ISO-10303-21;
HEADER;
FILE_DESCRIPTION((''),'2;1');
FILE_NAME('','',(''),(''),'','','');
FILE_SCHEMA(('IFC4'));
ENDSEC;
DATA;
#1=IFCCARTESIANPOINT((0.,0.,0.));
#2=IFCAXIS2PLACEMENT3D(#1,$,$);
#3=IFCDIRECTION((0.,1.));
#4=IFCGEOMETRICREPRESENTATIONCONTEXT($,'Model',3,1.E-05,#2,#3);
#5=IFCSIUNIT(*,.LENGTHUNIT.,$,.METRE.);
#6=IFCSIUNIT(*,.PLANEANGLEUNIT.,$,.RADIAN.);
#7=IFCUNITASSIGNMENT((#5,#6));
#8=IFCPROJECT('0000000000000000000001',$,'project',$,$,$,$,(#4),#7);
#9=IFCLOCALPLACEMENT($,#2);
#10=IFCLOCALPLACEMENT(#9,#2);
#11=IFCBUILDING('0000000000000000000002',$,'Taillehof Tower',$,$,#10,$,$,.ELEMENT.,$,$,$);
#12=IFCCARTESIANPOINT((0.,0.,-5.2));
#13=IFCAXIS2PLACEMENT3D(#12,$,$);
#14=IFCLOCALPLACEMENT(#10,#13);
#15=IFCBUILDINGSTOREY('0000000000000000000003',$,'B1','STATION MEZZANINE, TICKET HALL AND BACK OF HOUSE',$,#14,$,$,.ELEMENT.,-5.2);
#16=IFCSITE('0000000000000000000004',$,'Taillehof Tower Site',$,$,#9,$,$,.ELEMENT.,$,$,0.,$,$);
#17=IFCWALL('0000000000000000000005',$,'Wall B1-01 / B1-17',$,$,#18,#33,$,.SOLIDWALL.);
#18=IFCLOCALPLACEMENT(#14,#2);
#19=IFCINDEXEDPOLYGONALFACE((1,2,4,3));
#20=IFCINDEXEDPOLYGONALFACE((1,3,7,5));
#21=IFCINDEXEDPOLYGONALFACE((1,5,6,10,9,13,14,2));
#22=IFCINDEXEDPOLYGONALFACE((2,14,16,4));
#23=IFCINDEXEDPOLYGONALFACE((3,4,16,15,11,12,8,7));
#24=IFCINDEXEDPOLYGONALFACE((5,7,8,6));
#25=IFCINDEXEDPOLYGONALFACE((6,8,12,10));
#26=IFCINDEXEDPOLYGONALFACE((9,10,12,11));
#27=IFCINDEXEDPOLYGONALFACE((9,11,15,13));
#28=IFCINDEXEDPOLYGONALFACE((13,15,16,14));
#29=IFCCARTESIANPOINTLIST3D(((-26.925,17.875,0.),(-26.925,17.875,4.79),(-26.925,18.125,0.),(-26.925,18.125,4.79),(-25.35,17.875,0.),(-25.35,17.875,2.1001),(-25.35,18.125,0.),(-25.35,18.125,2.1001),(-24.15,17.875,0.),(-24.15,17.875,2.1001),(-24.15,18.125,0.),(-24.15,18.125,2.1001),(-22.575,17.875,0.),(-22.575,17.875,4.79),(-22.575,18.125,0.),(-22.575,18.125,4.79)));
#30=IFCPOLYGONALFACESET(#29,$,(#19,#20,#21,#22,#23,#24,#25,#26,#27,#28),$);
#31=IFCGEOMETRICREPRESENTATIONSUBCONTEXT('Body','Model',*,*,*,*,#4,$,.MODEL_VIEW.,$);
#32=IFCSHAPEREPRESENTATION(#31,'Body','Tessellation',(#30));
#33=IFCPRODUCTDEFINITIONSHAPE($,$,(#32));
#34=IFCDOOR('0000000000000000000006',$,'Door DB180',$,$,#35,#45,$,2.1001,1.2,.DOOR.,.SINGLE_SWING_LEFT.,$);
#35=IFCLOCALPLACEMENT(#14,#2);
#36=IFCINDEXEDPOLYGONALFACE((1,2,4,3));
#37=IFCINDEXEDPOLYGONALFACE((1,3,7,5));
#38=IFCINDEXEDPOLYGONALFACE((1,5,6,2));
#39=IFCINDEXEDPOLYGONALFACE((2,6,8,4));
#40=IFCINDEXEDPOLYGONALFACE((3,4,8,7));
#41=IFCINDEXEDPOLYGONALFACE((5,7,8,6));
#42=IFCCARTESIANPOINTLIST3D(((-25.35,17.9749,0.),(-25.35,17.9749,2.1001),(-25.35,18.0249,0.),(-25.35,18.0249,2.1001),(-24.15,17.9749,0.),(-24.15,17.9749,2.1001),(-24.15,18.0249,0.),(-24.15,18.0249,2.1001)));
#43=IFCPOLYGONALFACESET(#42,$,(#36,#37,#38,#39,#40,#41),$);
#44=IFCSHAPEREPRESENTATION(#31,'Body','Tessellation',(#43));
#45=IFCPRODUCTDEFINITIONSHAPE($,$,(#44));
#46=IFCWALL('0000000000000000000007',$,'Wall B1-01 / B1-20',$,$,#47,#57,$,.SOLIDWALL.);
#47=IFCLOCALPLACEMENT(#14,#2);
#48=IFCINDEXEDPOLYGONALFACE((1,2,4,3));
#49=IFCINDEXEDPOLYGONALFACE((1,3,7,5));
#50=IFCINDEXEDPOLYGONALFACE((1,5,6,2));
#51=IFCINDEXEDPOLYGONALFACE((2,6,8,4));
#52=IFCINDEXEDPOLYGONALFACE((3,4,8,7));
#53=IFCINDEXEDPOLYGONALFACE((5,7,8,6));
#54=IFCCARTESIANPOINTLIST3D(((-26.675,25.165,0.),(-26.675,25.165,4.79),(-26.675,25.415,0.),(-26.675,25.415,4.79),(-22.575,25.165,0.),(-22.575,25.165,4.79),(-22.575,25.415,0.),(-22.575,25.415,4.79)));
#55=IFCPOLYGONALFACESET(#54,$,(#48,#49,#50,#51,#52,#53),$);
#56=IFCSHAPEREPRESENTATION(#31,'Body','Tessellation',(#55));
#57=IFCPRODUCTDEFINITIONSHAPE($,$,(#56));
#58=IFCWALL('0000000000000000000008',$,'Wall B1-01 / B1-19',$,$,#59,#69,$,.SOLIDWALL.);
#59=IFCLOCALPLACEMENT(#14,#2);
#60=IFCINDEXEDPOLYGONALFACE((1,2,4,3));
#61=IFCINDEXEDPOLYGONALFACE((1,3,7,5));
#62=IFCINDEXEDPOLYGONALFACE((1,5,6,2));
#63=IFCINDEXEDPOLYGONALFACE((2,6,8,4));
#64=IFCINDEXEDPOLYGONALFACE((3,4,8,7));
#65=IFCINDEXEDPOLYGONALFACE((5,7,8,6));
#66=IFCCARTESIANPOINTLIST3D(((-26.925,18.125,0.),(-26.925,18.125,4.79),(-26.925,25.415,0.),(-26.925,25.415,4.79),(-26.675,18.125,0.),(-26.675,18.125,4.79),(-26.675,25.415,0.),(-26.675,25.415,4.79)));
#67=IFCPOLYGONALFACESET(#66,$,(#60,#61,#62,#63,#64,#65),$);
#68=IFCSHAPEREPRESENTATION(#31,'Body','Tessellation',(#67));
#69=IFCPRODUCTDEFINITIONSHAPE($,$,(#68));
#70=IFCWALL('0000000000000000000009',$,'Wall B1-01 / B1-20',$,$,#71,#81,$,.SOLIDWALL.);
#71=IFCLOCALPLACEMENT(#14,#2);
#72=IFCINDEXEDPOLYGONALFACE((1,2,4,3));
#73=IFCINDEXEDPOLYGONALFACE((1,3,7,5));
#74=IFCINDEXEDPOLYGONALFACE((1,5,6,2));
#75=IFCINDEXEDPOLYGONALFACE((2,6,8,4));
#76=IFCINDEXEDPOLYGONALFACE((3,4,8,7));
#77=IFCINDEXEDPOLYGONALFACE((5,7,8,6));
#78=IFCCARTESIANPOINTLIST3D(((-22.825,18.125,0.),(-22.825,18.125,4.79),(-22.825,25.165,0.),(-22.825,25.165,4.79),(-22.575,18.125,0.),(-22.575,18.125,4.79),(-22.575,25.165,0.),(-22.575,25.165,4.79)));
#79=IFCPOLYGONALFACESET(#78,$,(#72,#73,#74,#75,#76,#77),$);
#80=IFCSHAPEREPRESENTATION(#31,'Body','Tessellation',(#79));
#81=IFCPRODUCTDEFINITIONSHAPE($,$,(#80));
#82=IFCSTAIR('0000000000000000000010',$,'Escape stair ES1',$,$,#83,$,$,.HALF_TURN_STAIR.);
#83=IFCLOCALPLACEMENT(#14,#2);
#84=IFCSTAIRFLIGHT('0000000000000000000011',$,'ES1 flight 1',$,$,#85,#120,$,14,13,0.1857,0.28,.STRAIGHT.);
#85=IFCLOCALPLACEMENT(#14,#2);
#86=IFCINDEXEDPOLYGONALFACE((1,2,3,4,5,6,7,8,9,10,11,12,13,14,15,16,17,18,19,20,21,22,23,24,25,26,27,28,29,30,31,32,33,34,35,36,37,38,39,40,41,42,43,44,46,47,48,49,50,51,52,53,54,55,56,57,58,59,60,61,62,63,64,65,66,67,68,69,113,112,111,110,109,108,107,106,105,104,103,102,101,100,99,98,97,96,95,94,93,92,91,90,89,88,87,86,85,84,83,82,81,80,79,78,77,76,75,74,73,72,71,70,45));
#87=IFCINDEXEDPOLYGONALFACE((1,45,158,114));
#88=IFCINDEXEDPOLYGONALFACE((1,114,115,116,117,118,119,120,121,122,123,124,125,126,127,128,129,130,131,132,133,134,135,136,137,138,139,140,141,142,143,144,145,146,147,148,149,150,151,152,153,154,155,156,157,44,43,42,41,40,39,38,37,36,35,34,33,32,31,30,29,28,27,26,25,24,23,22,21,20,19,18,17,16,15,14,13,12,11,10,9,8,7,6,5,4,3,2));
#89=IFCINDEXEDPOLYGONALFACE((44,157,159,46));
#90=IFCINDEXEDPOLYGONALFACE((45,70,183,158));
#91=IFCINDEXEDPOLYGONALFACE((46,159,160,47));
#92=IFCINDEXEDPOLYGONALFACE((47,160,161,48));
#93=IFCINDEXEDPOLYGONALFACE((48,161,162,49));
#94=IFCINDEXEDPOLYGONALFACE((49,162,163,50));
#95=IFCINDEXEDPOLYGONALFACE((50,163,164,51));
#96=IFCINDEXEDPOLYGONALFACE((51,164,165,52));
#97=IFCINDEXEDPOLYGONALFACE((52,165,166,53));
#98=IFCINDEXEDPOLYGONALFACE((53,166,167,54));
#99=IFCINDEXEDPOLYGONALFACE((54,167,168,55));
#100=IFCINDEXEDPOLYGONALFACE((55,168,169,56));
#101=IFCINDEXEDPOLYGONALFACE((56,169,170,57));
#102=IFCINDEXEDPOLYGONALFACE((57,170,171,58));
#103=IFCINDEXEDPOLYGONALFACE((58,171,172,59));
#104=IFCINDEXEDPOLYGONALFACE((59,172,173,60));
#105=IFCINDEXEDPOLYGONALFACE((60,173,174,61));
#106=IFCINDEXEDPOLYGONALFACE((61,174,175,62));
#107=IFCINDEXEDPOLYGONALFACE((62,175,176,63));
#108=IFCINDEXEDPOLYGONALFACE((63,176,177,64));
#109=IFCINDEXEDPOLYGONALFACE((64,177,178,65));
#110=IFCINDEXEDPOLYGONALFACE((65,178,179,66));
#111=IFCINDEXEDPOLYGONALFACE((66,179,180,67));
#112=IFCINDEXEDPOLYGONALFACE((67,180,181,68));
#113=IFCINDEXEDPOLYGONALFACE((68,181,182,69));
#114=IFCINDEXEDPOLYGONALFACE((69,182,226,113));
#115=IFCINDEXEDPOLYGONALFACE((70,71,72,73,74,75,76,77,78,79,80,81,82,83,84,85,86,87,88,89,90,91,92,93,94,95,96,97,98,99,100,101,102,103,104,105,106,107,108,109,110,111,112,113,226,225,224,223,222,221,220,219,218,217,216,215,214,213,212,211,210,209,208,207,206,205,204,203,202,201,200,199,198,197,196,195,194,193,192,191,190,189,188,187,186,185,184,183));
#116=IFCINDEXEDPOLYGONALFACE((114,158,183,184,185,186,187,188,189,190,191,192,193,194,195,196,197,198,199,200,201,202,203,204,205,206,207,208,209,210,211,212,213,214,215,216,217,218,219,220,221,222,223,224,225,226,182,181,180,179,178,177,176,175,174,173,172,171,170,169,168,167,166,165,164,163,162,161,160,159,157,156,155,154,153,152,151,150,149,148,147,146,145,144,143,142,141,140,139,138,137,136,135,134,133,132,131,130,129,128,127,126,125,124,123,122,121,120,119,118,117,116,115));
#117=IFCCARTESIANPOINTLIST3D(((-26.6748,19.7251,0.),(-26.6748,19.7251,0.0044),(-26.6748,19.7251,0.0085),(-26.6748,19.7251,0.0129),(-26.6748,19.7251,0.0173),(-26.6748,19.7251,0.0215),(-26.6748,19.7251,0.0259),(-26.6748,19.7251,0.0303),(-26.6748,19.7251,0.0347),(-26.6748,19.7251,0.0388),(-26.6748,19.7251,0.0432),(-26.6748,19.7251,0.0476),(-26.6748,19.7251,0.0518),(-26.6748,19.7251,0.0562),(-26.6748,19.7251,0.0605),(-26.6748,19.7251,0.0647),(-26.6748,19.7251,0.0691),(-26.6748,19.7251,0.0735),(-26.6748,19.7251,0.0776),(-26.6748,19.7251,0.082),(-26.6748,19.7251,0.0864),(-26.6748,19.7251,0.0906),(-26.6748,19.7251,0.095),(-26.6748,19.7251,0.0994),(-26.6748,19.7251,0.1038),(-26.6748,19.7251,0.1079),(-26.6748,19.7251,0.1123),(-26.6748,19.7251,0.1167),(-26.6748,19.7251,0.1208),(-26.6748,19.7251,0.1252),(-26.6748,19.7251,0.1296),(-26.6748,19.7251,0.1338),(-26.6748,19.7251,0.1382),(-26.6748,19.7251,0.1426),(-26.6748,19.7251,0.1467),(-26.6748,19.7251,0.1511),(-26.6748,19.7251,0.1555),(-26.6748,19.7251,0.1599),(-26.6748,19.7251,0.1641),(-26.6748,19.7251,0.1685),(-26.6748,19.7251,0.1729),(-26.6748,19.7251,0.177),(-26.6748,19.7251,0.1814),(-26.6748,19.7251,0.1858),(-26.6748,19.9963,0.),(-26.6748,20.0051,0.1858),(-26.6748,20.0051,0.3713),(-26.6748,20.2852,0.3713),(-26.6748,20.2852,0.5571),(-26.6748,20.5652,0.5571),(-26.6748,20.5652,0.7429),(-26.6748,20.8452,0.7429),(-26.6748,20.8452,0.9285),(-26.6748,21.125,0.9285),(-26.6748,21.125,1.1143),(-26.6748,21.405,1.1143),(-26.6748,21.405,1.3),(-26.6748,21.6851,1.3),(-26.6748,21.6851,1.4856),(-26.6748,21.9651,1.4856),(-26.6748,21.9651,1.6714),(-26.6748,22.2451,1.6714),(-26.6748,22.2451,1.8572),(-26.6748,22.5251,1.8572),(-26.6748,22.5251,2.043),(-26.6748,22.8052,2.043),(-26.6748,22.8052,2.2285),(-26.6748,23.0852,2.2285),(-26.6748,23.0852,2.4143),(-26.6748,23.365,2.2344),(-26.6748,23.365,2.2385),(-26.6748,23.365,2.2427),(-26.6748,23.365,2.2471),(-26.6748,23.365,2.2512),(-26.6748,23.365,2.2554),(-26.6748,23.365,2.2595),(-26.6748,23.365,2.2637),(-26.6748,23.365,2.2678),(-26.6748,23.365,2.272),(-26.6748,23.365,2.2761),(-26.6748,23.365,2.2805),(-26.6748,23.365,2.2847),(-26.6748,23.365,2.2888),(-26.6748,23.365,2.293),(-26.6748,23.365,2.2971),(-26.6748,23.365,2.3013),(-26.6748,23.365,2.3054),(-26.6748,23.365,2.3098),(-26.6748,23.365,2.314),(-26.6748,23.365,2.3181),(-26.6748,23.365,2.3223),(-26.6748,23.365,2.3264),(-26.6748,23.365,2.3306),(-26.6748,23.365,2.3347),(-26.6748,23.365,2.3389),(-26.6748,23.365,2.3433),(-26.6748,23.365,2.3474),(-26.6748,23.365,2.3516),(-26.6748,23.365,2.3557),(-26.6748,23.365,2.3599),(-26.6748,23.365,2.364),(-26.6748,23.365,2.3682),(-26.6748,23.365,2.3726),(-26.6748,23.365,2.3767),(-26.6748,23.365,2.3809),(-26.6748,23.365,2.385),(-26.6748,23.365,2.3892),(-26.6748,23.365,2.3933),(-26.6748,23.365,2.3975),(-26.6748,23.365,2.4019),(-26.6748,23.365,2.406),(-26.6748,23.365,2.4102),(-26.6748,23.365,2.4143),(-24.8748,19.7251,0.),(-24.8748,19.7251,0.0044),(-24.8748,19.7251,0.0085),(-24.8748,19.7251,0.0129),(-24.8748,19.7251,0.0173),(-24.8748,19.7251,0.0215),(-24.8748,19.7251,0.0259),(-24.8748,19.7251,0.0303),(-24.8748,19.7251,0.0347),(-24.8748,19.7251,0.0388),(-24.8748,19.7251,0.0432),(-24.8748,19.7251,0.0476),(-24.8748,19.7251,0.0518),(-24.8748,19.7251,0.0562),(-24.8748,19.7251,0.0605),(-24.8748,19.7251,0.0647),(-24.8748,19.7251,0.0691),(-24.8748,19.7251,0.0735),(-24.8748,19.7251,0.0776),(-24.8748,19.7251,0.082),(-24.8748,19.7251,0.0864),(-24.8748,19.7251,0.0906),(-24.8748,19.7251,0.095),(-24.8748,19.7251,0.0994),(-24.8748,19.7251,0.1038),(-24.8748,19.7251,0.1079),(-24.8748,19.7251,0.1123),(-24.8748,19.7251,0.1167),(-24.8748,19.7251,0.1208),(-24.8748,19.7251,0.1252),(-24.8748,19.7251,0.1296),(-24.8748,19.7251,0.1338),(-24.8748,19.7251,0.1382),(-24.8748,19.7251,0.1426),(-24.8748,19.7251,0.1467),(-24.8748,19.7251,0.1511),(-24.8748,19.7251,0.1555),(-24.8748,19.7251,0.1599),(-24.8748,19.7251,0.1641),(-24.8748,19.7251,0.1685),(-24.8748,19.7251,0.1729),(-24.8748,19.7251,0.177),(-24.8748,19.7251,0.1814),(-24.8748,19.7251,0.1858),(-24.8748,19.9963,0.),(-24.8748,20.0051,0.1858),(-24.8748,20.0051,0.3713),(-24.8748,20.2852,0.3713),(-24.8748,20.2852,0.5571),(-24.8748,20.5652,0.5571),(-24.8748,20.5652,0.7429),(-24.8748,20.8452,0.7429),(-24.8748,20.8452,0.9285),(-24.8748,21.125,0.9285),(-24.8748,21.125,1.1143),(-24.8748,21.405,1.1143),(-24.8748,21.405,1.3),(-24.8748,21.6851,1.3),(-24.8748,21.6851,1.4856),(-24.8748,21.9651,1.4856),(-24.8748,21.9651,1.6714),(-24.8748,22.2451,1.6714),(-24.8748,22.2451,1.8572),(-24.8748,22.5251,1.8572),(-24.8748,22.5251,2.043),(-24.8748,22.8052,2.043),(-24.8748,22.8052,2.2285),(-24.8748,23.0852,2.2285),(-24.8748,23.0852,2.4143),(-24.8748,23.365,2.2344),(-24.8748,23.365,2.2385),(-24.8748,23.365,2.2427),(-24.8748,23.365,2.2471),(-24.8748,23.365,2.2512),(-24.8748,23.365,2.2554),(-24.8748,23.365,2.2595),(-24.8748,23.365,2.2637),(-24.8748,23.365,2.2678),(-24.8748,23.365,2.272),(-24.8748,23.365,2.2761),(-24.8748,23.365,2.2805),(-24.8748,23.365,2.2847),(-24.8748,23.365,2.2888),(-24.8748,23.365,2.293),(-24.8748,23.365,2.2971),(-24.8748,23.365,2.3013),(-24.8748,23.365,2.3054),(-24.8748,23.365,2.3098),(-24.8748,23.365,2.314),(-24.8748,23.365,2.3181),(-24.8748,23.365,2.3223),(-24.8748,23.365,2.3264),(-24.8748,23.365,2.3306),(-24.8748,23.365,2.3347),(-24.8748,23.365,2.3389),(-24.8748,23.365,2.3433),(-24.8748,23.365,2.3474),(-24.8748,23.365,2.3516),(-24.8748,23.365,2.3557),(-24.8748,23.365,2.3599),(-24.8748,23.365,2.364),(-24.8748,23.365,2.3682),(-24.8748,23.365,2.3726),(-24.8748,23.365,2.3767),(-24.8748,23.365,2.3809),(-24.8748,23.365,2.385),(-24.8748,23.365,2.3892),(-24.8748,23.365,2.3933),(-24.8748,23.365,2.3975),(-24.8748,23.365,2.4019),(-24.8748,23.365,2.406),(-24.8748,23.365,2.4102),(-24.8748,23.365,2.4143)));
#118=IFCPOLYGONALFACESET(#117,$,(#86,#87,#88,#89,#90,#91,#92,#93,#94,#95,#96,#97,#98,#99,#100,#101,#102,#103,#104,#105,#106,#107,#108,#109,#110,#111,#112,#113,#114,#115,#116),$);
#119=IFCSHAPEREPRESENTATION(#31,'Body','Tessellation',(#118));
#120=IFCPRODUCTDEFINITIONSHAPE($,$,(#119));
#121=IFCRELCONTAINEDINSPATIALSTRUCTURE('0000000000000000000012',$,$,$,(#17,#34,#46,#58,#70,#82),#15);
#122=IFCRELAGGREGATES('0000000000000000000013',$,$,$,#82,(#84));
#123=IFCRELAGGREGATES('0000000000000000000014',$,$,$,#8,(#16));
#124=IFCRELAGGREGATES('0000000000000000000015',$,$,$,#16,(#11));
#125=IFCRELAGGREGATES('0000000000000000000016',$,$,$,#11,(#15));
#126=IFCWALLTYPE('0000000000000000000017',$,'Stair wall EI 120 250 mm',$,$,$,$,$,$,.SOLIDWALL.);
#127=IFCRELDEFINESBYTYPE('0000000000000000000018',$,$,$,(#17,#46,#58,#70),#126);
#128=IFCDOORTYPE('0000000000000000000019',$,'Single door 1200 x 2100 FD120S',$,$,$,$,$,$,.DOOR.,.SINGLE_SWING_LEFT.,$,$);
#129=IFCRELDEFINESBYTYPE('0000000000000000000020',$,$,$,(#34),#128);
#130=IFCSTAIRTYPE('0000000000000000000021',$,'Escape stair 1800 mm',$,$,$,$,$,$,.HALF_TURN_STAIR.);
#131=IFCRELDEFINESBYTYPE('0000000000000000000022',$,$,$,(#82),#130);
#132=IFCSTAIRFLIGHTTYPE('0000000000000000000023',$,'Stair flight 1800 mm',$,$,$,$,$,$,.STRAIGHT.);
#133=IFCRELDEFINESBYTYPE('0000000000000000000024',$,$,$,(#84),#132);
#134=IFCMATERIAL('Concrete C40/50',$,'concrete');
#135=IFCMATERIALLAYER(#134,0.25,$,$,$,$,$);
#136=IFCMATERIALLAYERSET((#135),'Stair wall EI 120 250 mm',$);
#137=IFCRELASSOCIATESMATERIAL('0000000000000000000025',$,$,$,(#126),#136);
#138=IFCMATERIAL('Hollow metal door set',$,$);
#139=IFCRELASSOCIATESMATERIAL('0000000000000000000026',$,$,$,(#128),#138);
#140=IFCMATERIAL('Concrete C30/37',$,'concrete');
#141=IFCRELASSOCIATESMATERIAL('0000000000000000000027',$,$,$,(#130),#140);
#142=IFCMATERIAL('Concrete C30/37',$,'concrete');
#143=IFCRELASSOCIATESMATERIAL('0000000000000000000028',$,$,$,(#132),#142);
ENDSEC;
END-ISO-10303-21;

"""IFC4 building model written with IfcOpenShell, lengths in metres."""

from ifc_helpers import new_model, si_unit, direction, frame, frame_2d, origin, place, context, subcontext, project, spatial, polyline, rectangle, outline, extrude, material, layer, layer_set, type_object, element, fill, aggregate, save


model = new_model("IFC4")

# Units and contexts
model_context = context("Model", 3, precision=1e-05, world=origin(), true_north=direction((0.0, 1.0)))
body_context = subcontext(model_context, "Body", "Model", "MODEL_VIEW")
ifc_project = project(units=[si_unit("LENGTHUNIT", "METRE"), si_unit("PLANEANGLEUNIT", "RADIAN")], contexts=[model_context])

# Site, building, storey
site_placement = place(None, origin())
site = spatial("IfcSite", under=ifc_project, at=site_placement, Name="Taillehof Tower Site", CompositionType="ELEMENT", RefElevation=0.0)
building_placement = place(site_placement, origin())
building = spatial("IfcBuilding", under=site, at=building_placement, Name="Taillehof Tower", CompositionType="ELEMENT")
storey_placement = place(building_placement, frame((0.0, 0.0, -5.2)))
storey = spatial("IfcBuildingStorey", under=building, at=storey_placement, Name="B1", Description="STATION MEZZANINE, TICKET HALL AND BACK OF HOUSE", CompositionType="ELEMENT", Elevation=-5.2)

# Wall, opening, door
ifc_material_1 = material(Name="Concrete C40/50", Category="concrete")
ifc_layer_1 = layer(ifc_material_1, 0.25)
ifc_layer_set_1 = layer_set([ifc_layer_1], Name="Stair wall EI 120 250 mm")
wall_type_1 = type_object("IfcWallType", Name="Stair wall EI 120 250 mm", PredefinedType="SOLIDWALL", material=ifc_layer_set_1)
wall_1_placement = place(storey_placement, frame((-26.925, 18.0, 0.0), z_axis=(0.0, 0.0, 1.0), x_axis=(1.0, 0.0, 0.0)))
wall_1 = element("IfcWall", 1, at=wall_1_placement, inside=storey, type_object=wall_type_1, Name="Wall B1-01 / B1-17", PredefinedType="SOLIDWALL", context=body_context, shape_type="SweptSolid", body=[
    extrude(rectangle(XDim=4.3501, YDim=0.25, at=frame_2d((2.175, 0.0))), origin(), (0.0, 0.0, 1.0), 4.79),
])
opening_1_placement = place(wall_1_placement, frame((1.575, 0.0, 0.0)))
opening_1 = element("IfcOpeningElement", 2, at=opening_1_placement, cuts=wall_1, PredefinedType="OPENING", context=body_context, shape_type="SweptSolid", body=[
    extrude(rectangle(XDim=1.2, YDim=2.1001, at=frame_2d((0.6001, 1.05))), frame((0.0, 0.135, 0.0), z_axis=(0.0, -1.0, 0.0), x_axis=(1.0, 0.0, 0.0)), (0.0, 0.0, 1.0), 0.27),
])
ifc_material_2 = material(Name="Hollow metal door set")
door_type_1 = type_object("IfcDoorType", Name="Single door 1200 x 2100 FD120S", OperationType="SINGLE_SWING_LEFT", PredefinedType="DOOR", material=ifc_material_2)
door_1_placement = place(opening_1_placement, origin())
door_1 = element("IfcDoor", 3, at=door_1_placement, inside=storey, type_object=door_type_1, Name="Door DB180", OperationType="SINGLE_SWING_LEFT", OverallHeight=2.1001, OverallWidth=1.2, PredefinedType="DOOR", context=body_context, shape_type="SweptSolid", body=[
    extrude(rectangle(XDim=1.2, YDim=2.1001, at=frame_2d((0.6001, 1.05))), frame((0.0, 0.0249, 0.0), z_axis=(0.0, -1.0, 0.0), x_axis=(1.0, 0.0, 0.0)), (0.0, 0.0, 1.0), 0.05),
])
fill(opening_1, door_1)

# Walls
wall_2_placement = place(storey_placement, frame((-26.675, 25.29, 0.0), z_axis=(0.0, 0.0, 1.0), x_axis=(1.0, 0.0, 0.0)))
element("IfcWall", 4, at=wall_2_placement, inside=storey, type_object=wall_type_1, Name="Wall B1-01 / B1-20", PredefinedType="SOLIDWALL", context=body_context, shape_type="SweptSolid", body=[
    extrude(rectangle(XDim=4.1001, YDim=0.25, at=frame_2d((2.05, 0.0))), origin(), (0.0, 0.0, 1.0), 4.79),
])
wall_3_placement = place(storey_placement, frame((-26.8, 18.125, 0.0), z_axis=(0.0, 0.0, 1.0), x_axis=(0.0, 1.0, 0.0)))
element("IfcWall", 5, at=wall_3_placement, inside=storey, type_object=wall_type_1, Name="Wall B1-01 / B1-19", PredefinedType="SOLIDWALL", context=body_context, shape_type="SweptSolid", body=[
    extrude(rectangle(XDim=7.29, YDim=0.25, at=frame_2d((3.645, 0.0))), origin(), (0.0, 0.0, 1.0), 4.79),
])
wall_4_placement = place(storey_placement, frame((-22.7, 18.125, 0.0), z_axis=(0.0, 0.0, 1.0), x_axis=(0.0, 1.0, 0.0)))
element("IfcWall", 6, at=wall_4_placement, inside=storey, type_object=wall_type_1, Name="Wall B1-01 / B1-20", PredefinedType="SOLIDWALL", context=body_context, shape_type="SweptSolid", body=[
    extrude(rectangle(XDim=7.04, YDim=0.25, at=frame_2d((3.52, 0.0))), origin(), (0.0, 0.0, 1.0), 4.79),
])

# Stair, stair flight
ifc_material_3 = material(Name="Concrete C30/37", Category="concrete")
stair_type = type_object("IfcStairType", Name="Escape stair 1800 mm", PredefinedType="HALF_TURN_STAIR", material=ifc_material_3)
stair_placement = place(storey_placement, origin())
stair = element("IfcStair", 7, at=stair_placement, inside=storey, type_object=stair_type, Name="Escape stair ES1", PredefinedType="HALF_TURN_STAIR")
ifc_material_4 = material(Name="Concrete C30/37", Category="concrete")
stair_flight_type = type_object("IfcStairFlightType", Name="Stair flight 1800 mm", PredefinedType="STRAIGHT", material=ifc_material_4)
stair_flight_1_placement = place(storey_placement, frame((-25.7749, 19.7251, 0.0), z_axis=(0.0, 0.0, 1.0), x_axis=(0.0, 1.0, 0.0)))
stair_flight_1 = element("IfcStairFlight", 8, at=stair_flight_1_placement, type_object=stair_flight_type, Name="ES1 flight 1", NumberOfRisers=14, NumberOfTreads=13, PredefinedType="STRAIGHT", RiserHeight=0.1857, TreadLength=0.28, context=body_context, shape_type="SweptSolid", body=[
    extrude(outline(polyline([(0.0, 0.0), (0.0, 0.0044), (0.0, 0.0085), (0.0, 0.0129), (0.0, 0.0173), (0.0, 0.0215), (0.0, 0.0259), (0.0, 0.0303), (0.0, 0.0347), (0.0, 0.0388), (0.0, 0.0432), (0.0, 0.0476), (0.0, 0.0518), (0.0, 0.0562), (0.0, 0.0605), (0.0, 0.0647), (0.0, 0.0691), (0.0, 0.0735), (0.0, 0.0776), (0.0, 0.082), (0.0, 0.0864), (0.0, 0.0906), (0.0, 0.095), (0.0, 0.0994), (0.0, 0.1038), (0.0, 0.1079), (0.0, 0.1123), (0.0, 0.1167), (0.0, 0.1208), (0.0, 0.1252), (0.0, 0.1296), (0.0, 0.1338), (0.0, 0.1382), (0.0, 0.1426), (0.0, 0.1467), (0.0, 0.1511), (0.0, 0.1555), (0.0, 0.1599), (0.0, 0.1641), (0.0, 0.1685), (0.0, 0.1729), (0.0, 0.177), (0.0, 0.1814), (0.0, 0.1858), (0.28, 0.1858), (0.28, 0.3713), (0.5601, 0.3713), (0.5601, 0.5571), (0.8401, 0.5571), (0.8401, 0.7429), (1.1201, 0.7429), (1.1201, 0.9285), (1.3999, 0.9285), (1.3999, 1.1143), (1.6799, 1.1143), (1.6799, 1.3), (1.96, 1.3), (1.96, 1.4856), (2.24, 1.4856), (2.24, 1.6714), (2.52, 1.6714), (2.52, 1.8572), (2.8, 1.8572), (2.8, 2.043), (3.0801, 2.043), (3.0801, 2.2285), (3.3601, 2.2285), (3.3601, 2.4143), (3.6399, 2.4143), (3.6399, 2.4102), (3.6399, 2.406), (3.6399, 2.4019), (3.6399, 2.3975), (3.6399, 2.3933), (3.6399, 2.3892), (3.6399, 2.385), (3.6399, 2.3809), (3.6399, 2.3767), (3.6399, 2.3726), (3.6399, 2.3682), (3.6399, 2.364), (3.6399, 2.3599), (3.6399, 2.3557), (3.6399, 2.3516), (3.6399, 2.3474), (3.6399, 2.3433), (3.6399, 2.3389), (3.6399, 2.3347), (3.6399, 2.3306), (3.6399, 2.3264), (3.6399, 2.3223), (3.6399, 2.3181), (3.6399, 2.314), (3.6399, 2.3098), (3.6399, 2.3054), (3.6399, 2.3013), (3.6399, 2.2971), (3.6399, 2.293), (3.6399, 2.2888), (3.6399, 2.2847), (3.6399, 2.2805), (3.6399, 2.2761), (3.6399, 2.272), (3.6399, 2.2678), (3.6399, 2.2637), (3.6399, 2.2595), (3.6399, 2.2554), (3.6399, 2.2512), (3.6399, 2.2471), (3.6399, 2.2427), (3.6399, 2.2385), (3.6399, 2.2344), (0.2712, 0.0), (0.0, 0.0)])), frame((0.0, 0.8999, 0.0), z_axis=(0.0, -1.0, 0.0), x_axis=(1.0, 0.0, 0.0)), (0.0, 0.0, 1.0), 1.8),
])
aggregate(stair, [stair_flight_1])

save(model, "model.ifc")
